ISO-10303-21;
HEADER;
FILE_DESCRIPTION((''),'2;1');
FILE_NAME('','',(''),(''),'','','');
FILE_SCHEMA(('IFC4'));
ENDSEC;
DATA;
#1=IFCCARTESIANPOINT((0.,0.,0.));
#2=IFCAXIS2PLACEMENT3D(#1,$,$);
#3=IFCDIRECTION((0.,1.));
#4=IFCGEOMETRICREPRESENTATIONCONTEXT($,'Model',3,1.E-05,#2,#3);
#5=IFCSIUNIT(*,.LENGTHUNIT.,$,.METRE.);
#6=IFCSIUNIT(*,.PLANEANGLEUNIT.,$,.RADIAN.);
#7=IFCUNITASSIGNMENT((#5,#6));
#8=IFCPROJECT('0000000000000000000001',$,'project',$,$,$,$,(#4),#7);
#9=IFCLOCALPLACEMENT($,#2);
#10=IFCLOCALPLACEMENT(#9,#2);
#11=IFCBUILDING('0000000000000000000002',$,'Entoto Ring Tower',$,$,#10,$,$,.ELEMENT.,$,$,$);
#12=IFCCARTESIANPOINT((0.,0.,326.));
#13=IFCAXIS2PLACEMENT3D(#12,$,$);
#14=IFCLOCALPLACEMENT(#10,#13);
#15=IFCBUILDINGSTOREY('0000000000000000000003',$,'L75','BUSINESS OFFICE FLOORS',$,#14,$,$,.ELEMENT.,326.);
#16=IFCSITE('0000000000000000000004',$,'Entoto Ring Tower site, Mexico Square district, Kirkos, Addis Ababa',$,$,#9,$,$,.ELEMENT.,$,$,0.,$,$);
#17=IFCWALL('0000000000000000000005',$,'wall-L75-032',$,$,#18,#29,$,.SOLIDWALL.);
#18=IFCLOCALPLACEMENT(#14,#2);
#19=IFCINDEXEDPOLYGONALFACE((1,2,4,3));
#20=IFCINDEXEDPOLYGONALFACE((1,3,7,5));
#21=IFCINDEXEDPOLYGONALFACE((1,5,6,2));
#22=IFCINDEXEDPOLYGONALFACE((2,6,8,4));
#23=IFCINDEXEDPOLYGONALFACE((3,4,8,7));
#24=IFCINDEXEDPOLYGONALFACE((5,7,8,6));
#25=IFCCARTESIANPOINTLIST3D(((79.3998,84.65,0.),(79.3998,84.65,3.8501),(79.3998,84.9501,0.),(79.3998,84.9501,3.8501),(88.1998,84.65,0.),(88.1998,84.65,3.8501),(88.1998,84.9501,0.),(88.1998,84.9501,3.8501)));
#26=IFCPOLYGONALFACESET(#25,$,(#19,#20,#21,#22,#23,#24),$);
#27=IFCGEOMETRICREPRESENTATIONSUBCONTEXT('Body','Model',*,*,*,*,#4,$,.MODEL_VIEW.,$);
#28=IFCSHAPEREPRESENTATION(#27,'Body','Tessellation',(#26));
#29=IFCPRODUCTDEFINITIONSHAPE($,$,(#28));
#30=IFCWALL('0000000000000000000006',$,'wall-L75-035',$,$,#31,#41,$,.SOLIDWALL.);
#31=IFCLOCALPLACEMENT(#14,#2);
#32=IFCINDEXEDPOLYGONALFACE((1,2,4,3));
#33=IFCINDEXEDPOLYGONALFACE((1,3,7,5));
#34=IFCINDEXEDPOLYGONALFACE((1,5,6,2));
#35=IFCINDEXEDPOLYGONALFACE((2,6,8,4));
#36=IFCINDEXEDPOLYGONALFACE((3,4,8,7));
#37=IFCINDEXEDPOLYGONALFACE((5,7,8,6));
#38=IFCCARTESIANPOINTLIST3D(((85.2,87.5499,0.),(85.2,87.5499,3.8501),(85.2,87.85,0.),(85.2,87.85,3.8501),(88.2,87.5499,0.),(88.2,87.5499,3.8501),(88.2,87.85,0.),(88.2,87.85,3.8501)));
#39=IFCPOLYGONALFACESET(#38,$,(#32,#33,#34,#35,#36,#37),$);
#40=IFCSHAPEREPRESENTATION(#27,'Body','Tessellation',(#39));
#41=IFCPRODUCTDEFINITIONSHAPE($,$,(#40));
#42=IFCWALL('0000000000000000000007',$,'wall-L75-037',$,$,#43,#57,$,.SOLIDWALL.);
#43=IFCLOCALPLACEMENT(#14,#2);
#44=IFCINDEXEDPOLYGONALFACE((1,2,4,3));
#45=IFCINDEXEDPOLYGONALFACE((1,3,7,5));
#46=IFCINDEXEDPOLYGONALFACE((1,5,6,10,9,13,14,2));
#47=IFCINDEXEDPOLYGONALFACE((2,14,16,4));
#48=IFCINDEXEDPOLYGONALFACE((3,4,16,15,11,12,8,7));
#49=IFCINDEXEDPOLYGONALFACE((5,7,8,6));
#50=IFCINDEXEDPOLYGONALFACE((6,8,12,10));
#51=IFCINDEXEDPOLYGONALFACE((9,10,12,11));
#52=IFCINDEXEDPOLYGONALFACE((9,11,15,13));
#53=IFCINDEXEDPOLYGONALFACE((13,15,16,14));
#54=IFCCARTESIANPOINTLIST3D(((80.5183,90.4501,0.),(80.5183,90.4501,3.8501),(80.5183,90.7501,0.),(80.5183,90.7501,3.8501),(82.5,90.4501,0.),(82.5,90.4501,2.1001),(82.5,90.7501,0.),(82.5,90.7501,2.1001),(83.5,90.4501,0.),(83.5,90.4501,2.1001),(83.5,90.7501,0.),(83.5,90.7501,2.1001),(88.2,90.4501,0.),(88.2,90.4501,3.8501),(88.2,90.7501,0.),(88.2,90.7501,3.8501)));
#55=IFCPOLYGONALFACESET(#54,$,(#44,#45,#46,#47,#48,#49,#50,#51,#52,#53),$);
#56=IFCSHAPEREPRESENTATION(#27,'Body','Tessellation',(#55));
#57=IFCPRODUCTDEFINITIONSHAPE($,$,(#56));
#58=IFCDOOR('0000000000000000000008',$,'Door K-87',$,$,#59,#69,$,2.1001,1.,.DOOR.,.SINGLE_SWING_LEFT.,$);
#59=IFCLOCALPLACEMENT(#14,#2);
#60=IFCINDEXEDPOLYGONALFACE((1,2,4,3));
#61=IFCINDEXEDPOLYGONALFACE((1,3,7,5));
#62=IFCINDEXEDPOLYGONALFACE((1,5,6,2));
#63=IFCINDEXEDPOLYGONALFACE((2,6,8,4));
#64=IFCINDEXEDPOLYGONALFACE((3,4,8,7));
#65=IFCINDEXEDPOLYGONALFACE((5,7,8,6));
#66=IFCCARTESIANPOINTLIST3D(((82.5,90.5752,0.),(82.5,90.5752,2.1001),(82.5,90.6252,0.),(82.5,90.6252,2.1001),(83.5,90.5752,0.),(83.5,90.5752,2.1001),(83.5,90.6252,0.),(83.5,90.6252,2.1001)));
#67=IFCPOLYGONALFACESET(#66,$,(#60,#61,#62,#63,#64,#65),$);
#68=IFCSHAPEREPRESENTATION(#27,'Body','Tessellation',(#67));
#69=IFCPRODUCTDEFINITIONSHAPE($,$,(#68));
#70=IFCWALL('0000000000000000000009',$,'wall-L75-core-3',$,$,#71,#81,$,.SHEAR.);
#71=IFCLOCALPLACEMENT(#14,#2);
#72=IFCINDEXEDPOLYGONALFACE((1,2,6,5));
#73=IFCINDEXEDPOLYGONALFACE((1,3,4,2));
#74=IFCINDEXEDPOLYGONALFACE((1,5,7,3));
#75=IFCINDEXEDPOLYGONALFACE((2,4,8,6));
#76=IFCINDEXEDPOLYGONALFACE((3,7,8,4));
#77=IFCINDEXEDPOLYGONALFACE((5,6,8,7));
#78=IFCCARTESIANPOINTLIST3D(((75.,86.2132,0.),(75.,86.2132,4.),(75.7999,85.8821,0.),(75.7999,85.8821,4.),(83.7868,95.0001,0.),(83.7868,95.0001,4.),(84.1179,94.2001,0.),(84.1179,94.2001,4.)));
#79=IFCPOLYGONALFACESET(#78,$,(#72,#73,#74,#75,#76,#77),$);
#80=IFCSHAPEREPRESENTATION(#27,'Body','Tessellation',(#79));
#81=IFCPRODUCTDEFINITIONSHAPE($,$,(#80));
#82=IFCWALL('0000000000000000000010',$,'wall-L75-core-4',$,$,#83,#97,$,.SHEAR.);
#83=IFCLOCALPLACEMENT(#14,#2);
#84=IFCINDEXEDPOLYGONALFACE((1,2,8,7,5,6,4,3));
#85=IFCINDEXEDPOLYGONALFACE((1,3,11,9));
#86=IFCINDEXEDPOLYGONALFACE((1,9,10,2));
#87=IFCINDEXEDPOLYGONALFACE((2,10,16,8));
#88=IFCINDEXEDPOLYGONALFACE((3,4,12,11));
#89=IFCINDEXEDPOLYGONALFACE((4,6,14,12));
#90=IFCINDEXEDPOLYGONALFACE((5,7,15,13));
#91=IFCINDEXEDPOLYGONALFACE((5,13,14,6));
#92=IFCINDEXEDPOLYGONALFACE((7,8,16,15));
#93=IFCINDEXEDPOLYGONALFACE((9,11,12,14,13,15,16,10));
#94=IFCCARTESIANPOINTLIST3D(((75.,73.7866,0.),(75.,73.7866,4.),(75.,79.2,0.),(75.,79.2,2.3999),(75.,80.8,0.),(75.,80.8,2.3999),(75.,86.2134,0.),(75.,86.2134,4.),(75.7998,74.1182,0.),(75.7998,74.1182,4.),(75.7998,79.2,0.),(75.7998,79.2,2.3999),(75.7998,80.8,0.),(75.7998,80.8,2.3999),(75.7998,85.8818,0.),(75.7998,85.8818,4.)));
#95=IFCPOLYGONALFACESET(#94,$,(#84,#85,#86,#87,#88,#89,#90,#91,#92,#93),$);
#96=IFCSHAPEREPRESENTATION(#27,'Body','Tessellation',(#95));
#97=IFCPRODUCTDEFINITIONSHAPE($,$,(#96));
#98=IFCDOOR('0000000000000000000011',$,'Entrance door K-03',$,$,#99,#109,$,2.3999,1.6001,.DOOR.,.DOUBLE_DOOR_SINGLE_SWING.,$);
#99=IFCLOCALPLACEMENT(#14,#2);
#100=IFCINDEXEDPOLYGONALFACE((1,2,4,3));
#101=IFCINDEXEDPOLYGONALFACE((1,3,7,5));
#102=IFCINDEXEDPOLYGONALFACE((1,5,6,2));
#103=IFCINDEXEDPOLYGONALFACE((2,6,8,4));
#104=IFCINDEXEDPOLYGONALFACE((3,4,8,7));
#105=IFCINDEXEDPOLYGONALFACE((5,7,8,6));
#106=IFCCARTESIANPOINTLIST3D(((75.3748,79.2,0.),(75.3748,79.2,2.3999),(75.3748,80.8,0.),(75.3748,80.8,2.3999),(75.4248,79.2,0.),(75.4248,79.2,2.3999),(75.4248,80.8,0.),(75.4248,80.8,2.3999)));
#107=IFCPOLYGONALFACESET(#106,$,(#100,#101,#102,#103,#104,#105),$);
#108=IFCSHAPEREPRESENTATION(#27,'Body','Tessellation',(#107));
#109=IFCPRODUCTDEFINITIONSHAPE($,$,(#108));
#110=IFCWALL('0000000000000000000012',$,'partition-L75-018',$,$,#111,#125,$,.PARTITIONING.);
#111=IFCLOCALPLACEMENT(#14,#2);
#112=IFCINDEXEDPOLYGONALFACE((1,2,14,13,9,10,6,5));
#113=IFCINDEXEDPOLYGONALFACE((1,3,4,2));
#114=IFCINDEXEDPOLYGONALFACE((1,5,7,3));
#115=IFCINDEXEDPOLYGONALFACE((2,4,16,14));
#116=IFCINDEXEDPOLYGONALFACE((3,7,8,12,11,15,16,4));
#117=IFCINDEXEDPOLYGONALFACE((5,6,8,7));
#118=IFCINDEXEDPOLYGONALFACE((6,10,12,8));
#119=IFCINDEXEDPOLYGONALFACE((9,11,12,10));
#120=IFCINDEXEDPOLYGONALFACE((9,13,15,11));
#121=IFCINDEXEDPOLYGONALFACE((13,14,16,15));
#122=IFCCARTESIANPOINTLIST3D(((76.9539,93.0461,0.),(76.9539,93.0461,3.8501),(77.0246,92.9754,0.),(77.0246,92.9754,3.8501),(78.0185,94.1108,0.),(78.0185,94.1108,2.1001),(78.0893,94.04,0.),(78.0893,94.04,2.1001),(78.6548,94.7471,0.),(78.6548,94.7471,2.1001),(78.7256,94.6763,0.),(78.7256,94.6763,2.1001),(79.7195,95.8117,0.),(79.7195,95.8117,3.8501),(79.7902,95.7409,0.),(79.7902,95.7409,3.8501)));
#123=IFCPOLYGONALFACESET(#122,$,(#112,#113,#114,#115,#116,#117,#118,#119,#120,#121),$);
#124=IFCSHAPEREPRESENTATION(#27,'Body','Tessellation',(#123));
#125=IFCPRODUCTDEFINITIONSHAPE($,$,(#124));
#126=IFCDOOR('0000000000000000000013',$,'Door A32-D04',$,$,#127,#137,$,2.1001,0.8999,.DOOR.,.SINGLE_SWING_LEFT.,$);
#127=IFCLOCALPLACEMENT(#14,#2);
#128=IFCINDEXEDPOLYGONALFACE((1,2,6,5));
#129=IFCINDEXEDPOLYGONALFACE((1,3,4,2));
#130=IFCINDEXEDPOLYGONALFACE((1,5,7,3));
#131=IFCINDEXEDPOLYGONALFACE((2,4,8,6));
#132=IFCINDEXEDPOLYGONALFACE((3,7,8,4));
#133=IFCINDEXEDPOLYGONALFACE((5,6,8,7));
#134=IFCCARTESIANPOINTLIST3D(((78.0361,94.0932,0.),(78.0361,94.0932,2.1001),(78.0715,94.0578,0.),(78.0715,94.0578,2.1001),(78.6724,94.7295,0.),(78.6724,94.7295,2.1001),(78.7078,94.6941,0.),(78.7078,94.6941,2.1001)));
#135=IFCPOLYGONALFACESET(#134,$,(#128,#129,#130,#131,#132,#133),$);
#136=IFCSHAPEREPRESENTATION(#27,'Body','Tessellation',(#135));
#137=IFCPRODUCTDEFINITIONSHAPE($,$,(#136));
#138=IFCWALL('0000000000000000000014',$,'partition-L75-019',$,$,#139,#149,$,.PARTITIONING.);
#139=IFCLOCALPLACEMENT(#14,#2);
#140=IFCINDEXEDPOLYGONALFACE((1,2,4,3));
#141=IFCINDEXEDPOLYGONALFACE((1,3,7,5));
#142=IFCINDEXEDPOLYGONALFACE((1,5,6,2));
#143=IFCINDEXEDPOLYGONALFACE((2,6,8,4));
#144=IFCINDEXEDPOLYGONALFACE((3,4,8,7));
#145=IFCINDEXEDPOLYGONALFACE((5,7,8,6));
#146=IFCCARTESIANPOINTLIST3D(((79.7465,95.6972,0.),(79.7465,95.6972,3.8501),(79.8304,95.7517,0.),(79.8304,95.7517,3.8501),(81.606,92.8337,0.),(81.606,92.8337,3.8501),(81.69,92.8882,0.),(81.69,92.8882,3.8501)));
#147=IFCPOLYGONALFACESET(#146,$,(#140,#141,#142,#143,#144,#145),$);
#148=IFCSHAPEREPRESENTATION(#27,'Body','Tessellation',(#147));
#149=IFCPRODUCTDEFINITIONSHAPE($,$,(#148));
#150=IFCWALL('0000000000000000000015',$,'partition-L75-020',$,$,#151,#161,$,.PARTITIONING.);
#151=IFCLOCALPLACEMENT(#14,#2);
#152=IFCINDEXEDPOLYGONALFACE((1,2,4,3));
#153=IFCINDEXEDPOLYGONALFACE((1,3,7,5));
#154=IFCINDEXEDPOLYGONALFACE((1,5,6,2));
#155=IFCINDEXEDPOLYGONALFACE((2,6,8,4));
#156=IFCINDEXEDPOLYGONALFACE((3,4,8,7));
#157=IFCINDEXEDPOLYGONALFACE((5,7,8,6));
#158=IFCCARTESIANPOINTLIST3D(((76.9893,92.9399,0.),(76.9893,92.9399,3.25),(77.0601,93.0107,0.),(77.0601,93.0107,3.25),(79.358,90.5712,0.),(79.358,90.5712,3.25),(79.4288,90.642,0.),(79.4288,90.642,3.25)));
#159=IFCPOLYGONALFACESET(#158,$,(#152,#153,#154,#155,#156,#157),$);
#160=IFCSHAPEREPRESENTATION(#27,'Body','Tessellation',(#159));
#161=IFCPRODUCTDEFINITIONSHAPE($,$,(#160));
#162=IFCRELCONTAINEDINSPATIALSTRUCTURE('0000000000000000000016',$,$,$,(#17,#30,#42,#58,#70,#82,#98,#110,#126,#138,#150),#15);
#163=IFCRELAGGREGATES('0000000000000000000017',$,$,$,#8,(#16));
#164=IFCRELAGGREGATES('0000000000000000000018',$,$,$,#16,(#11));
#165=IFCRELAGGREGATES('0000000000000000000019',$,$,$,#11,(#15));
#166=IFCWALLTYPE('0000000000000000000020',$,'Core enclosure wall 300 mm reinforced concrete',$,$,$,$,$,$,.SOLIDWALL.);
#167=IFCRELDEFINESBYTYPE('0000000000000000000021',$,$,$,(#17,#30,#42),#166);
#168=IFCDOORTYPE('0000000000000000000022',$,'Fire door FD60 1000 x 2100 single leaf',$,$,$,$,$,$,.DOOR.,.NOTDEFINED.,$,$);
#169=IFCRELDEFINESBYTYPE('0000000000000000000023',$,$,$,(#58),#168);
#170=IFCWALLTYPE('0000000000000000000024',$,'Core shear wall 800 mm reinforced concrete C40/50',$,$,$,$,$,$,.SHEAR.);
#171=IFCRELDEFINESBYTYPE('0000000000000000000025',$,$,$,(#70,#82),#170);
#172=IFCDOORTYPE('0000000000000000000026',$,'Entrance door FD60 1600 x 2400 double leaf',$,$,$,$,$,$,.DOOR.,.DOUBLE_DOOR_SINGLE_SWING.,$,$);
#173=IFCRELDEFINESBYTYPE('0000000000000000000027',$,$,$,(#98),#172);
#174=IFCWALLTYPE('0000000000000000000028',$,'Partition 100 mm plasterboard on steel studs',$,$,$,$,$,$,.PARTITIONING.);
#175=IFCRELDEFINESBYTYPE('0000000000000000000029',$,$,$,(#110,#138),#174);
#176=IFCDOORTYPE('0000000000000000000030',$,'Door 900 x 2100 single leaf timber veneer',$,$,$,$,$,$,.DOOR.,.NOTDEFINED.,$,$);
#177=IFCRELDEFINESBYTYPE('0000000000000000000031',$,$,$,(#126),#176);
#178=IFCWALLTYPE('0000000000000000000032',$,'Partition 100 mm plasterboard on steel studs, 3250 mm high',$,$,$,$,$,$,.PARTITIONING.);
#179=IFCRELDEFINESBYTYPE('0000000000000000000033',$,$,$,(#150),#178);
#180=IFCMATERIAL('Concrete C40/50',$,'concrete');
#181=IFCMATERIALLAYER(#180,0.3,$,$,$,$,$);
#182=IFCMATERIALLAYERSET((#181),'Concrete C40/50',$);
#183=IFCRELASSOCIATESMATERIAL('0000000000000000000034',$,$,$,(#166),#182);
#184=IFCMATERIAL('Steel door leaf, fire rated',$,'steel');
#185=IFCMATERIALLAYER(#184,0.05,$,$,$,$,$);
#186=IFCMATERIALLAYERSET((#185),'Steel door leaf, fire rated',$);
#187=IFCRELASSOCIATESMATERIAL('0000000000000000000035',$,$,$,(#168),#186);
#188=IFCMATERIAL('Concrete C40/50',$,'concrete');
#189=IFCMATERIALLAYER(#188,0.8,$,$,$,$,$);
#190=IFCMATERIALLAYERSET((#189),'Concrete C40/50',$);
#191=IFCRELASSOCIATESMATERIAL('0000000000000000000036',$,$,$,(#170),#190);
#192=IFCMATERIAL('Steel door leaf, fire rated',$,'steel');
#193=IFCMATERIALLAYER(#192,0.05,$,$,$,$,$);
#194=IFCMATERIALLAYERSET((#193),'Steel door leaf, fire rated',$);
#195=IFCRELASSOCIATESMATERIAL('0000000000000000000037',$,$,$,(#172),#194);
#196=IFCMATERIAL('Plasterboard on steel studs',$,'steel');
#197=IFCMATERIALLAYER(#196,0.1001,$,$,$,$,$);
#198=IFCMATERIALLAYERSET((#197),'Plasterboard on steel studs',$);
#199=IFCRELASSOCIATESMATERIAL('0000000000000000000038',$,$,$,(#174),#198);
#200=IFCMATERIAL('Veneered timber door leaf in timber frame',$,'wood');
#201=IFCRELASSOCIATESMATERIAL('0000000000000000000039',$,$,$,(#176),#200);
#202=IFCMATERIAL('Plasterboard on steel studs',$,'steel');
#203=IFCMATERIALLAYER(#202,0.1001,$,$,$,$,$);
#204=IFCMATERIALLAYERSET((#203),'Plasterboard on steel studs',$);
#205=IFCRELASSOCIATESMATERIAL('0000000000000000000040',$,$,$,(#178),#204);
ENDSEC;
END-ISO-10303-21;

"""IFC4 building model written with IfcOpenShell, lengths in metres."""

from ifc_helpers import new_model, si_unit, direction, frame, frame_2d, origin, place, context, subcontext, project, spatial, polyline, rectangle, outline, extrude, material, layer, layer_set, type_object, element, fill, save


model = new_model("IFC4")

# Units and contexts
model_context = context("Model", 3, precision=1e-05, world=origin(), true_north=direction((0.0, 1.0)))
body_context = subcontext(model_context, "Body", "Model", "MODEL_VIEW")
ifc_project = project(units=[si_unit("LENGTHUNIT", "METRE"), si_unit("PLANEANGLEUNIT", "RADIAN")], contexts=[model_context])

# Site, building, storey
site_placement = place(None, origin())
site = spatial("IfcSite", under=ifc_project, at=site_placement, Name="Entoto Ring Tower site, Mexico Square district, Kirkos, Addis Ababa", CompositionType="ELEMENT", RefElevation=0.0)
building_placement = place(site_placement, origin())
building = spatial("IfcBuilding", under=site, at=building_placement, Name="Entoto Ring Tower", CompositionType="ELEMENT")
storey_placement = place(building_placement, frame((0.0, 0.0, 326.0)))
storey = spatial("IfcBuildingStorey", under=building, at=storey_placement, Name="L75", Description="BUSINESS OFFICE FLOORS", CompositionType="ELEMENT", Elevation=326.0)

# Walls
ifc_material_1 = material(Name="Concrete C40/50", Category="concrete")
ifc_layer_1 = layer(ifc_material_1, 0.3)
ifc_layer_set_1 = layer_set([ifc_layer_1], Name="Concrete C40/50")
wall_type_1 = type_object("IfcWallType", Name="Core enclosure wall 300 mm reinforced concrete", PredefinedType="SOLIDWALL", material=ifc_layer_set_1)
wall_1_placement = place(storey_placement, frame((79.3999, 84.8, 0.0), z_axis=(0.0, 0.0, 1.0), x_axis=(1.0, 0.0, 0.0)))
element("IfcWall", 1, at=wall_1_placement, inside=storey, type_object=wall_type_1, Name="wall-L75-032", PredefinedType="SOLIDWALL", context=body_context, shape_type="SweptSolid", body=[
    extrude(rectangle(XDim=8.8, YDim=0.3, at=frame_2d((4.3999, 0.0))), origin(), (0.0, 0.0, 1.0), 3.8501),
])
wall_2_placement = place(storey_placement, frame((85.2, 87.7, 0.0), z_axis=(0.0, 0.0, 1.0), x_axis=(1.0, 0.0, 0.0)))
element("IfcWall", 2, at=wall_2_placement, inside=storey, type_object=wall_type_1, Name="wall-L75-035", PredefinedType="SOLIDWALL", context=body_context, shape_type="SweptSolid", body=[
    extrude(rectangle(XDim=3.0, YDim=0.3, at=frame_2d((1.5, 0.0))), origin(), (0.0, 0.0, 1.0), 3.8501),
])

# Wall, opening, door
wall_3_placement = place(storey_placement, frame((80.5183, 90.6001, 0.0), z_axis=(0.0, 0.0, 1.0), x_axis=(1.0, 0.0, 0.0)))
wall_3 = element("IfcWall", 3, at=wall_3_placement, inside=storey, type_object=wall_type_1, Name="wall-L75-037", PredefinedType="SOLIDWALL", context=body_context, shape_type="SweptSolid", body=[
    extrude(rectangle(XDim=7.6816, YDim=0.3, at=frame_2d((3.8408, 0.0))), origin(), (0.0, 0.0, 1.0), 3.8501),
])
opening_1_placement = place(wall_3_placement, frame((1.9817, 0.0, 0.0)))
opening_1 = element("IfcOpeningElement", 4, at=opening_1_placement, cuts=wall_3, PredefinedType="OPENING", context=body_context, shape_type="SweptSolid", body=[
    extrude(rectangle(XDim=1.0, YDim=2.1001, at=frame_2d((0.5, 1.05))), frame((0.0, 0.1602, 0.0), z_axis=(0.0, -1.0, 0.0), x_axis=(1.0, 0.0, 0.0)), (0.0, 0.0, 1.0), 0.3201),
])
ifc_material_2 = material(Name="Steel door leaf, fire rated", Category="steel")
ifc_layer_2 = layer(ifc_material_2, 0.05)
ifc_layer_set_2 = layer_set([ifc_layer_2], Name="Steel door leaf, fire rated")
door_type_1 = type_object("IfcDoorType", Name="Fire door FD60 1000 x 2100 single leaf", OperationType="NOTDEFINED", PredefinedType="DOOR", material=ifc_layer_set_2)
door_1_placement = place(opening_1_placement, frame((1.0, 0.0, 0.0), z_axis=(0.0, 0.0, 1.0), x_axis=(-1.0, 0.0, 0.0)))
door_1 = element("IfcDoor", 5, at=door_1_placement, inside=storey, type_object=door_type_1, Name="Door K-87", OperationType="SINGLE_SWING_LEFT", OverallHeight=2.1001, OverallWidth=1.0, PredefinedType="DOOR", context=body_context, shape_type="SweptSolid", body=[
    extrude(rectangle(XDim=1.0, YDim=2.1001, at=frame_2d((0.5, 1.05))), frame((0.0, 0.0249, 0.0), z_axis=(0.0, -1.0, 0.0), x_axis=(1.0, 0.0, 0.0)), (0.0, 0.0, 1.0), 0.05),
])
fill(opening_1, door_1)

# Wall
ifc_material_3 = material(Name="Concrete C40/50", Category="concrete")
ifc_layer_3 = layer(ifc_material_3, 0.8)
ifc_layer_set_3 = layer_set([ifc_layer_3], Name="Concrete C40/50")
wall_type_2 = type_object("IfcWallType", Name="Core shear wall 800 mm reinforced concrete C40/50", PredefinedType="SHEAR", material=ifc_layer_set_3)
wall_4_placement = place(storey_placement, frame((83.9524, 94.6001, 0.0), z_axis=(0.0, 0.0, 1.0), x_axis=(-0.707107, -0.707107, 0.0)))
element("IfcWall", 6, at=wall_4_placement, inside=storey, type_object=wall_type_2, Name="wall-L75-core-3", PredefinedType="SHEAR", context=body_context, shape_type="SweptSolid", body=[
    extrude(outline(polyline([(-0.1658, -0.3999), (12.2607, -0.3999), (11.9292, 0.3999), (0.1658, 0.3999), (-0.1658, -0.3999)])), origin(), (0.0, 0.0, 1.0), 4.0),
])

# Walls, openings, doors
wall_5_placement = place(storey_placement, frame((75.3999, 86.0476, 0.0), z_axis=(0.0, 0.0, 1.0), x_axis=(0.0, -1.0, 0.0)))
wall_5 = element("IfcWall", 7, at=wall_5_placement, inside=storey, type_object=wall_type_2, Name="wall-L75-core-4", PredefinedType="SHEAR", context=body_context, shape_type="SweptSolid", body=[
    extrude(outline(polyline([(-0.1658, -0.3999), (12.261, -0.3999), (11.9294, 0.3999), (0.1658, 0.3999), (-0.1658, -0.3999)])), origin(), (0.0, 0.0, 1.0), 4.0),
])
opening_2_placement = place(wall_5_placement, frame((5.2476, 0.0, 0.0)))
opening_2 = element("IfcOpeningElement", 8, at=opening_2_placement, cuts=wall_5, PredefinedType="OPENING", context=body_context, shape_type="SweptSolid", body=[
    extrude(rectangle(XDim=1.6001, YDim=2.3999, at=frame_2d((0.8, 1.2))), frame((0.0, 0.4102, 0.0), z_axis=(0.0, -1.0, 0.0), x_axis=(1.0, 0.0, 0.0)), (0.0, 0.0, 1.0), 0.8201),
])
ifc_material_4 = material(Name="Steel door leaf, fire rated", Category="steel")
ifc_layer_4 = layer(ifc_material_4, 0.05)
ifc_layer_set_4 = layer_set([ifc_layer_4], Name="Steel door leaf, fire rated")
door_type_2 = type_object("IfcDoorType", Name="Entrance door FD60 1600 x 2400 double leaf", OperationType="DOUBLE_DOOR_SINGLE_SWING", PredefinedType="DOOR", material=ifc_layer_set_4)
door_2_placement = place(opening_2_placement, origin())
door_2 = element("IfcDoor", 9, at=door_2_placement, inside=storey, type_object=door_type_2, Name="Entrance door K-03", OperationType="DOUBLE_DOOR_SINGLE_SWING", OverallHeight=2.3999, OverallWidth=1.6001, PredefinedType="DOOR", context=body_context, shape_type="SweptSolid", body=[
    extrude(rectangle(XDim=1.6001, YDim=2.3999, at=frame_2d((0.8, 1.2))), frame((0.0, 0.0249, 0.0), z_axis=(0.0, -1.0, 0.0), x_axis=(1.0, 0.0, 0.0)), (0.0, 0.0, 1.0), 0.05),
])
fill(opening_2, door_2)
ifc_material_5 = material(Name="Plasterboard on steel studs", Category="steel")
ifc_layer_5 = layer(ifc_material_5, 0.1001)
ifc_layer_set_5 = layer_set([ifc_layer_5], Name="Plasterboard on steel studs")
wall_type_3 = type_object("IfcWallType", Name="Partition 100 mm plasterboard on steel studs", PredefinedType="PARTITIONING", material=ifc_layer_set_5)
wall_6_placement = place(storey_placement, frame((76.9893, 93.0107, 0.0), z_axis=(0.0, 0.0, 1.0), x_axis=(0.707107, 0.707107, 0.0)))
wall_6 = element("IfcWall", 10, at=wall_6_placement, inside=storey, type_object=wall_type_3, Name="partition-L75-018", PredefinedType="PARTITIONING", context=body_context, shape_type="SweptSolid", body=[
    extrude(rectangle(XDim=3.9111, YDim=0.1001, at=frame_2d((1.9556, 0.0))), origin(), (0.0, 0.0, 1.0), 3.8501),
])
opening_3_placement = place(wall_6_placement, frame((1.5056, 0.0, 0.0)))
opening_3 = element("IfcOpeningElement", 11, at=opening_3_placement, cuts=wall_6, PredefinedType="OPENING", context=body_context, shape_type="SweptSolid", body=[
    extrude(rectangle(XDim=0.8999, YDim=2.1001, at=frame_2d((0.45, 1.05))), frame((0.0, 0.0601, 0.0), z_axis=(0.0, -1.0, 0.0), x_axis=(1.0, 0.0, 0.0)), (0.0, 0.0, 1.0), 0.1201),
])
ifc_material_6 = material(Name="Veneered timber door leaf in timber frame", Category="wood")
door_type_3 = type_object("IfcDoorType", Name="Door 900 x 2100 single leaf timber veneer", OperationType="NOTDEFINED", PredefinedType="DOOR", material=ifc_material_6)
door_3_placement = place(opening_3_placement, frame((0.8999, 0.0, 0.0), z_axis=(0.0, 0.0, 1.0), x_axis=(-1.0, 0.0, 0.0)))
door_3 = element("IfcDoor", 12, at=door_3_placement, inside=storey, type_object=door_type_3, Name="Door A32-D04", OperationType="SINGLE_SWING_LEFT", OverallHeight=2.1001, OverallWidth=0.8999, PredefinedType="DOOR", context=body_context, shape_type="SweptSolid", body=[
    extrude(rectangle(XDim=0.8999, YDim=2.1001, at=frame_2d((0.45, 1.05))), frame((0.0, 0.0249, 0.0), z_axis=(0.0, -1.0, 0.0), x_axis=(1.0, 0.0, 0.0)), (0.0, 0.0, 1.0), 0.05),
])
fill(opening_3, door_3)

# Walls
wall_7_placement = place(storey_placement, frame((81.6479, 92.8611, 0.0), z_axis=(0.0, 0.0, 1.0), x_axis=(-0.544644, 0.838667, 0.0)))
element("IfcWall", 13, at=wall_7_placement, inside=storey, type_object=wall_type_3, Name="partition-L75-019", PredefinedType="PARTITIONING", context=body_context, shape_type="SweptSolid", body=[
    extrude(rectangle(XDim=3.4143, YDim=0.1001, at=frame_2d((1.707, 0.0))), origin(), (0.0, 0.0, 1.0), 3.8501),
])
ifc_material_7 = material(Name="Plasterboard on steel studs", Category="steel")
ifc_layer_6 = layer(ifc_material_7, 0.1001)
ifc_layer_set_6 = layer_set([ifc_layer_6], Name="Plasterboard on steel studs")
wall_type_4 = type_object("IfcWallType", Name="Partition 100 mm plasterboard on steel studs, 3250 mm high", PredefinedType="PARTITIONING", material=ifc_layer_set_6)
wall_8_placement = place(storey_placement, frame((79.3933, 90.6067, 0.0), z_axis=(0.0, 0.0, 1.0), x_axis=(-0.707107, 0.707107, 0.0)))
element("IfcWall", 14, at=wall_8_placement, inside=storey, type_object=wall_type_4, Name="partition-L75-020", PredefinedType="PARTITIONING", context=body_context, shape_type="SweptSolid", body=[
    extrude(rectangle(XDim=3.3499, YDim=0.1001, at=frame_2d((1.6748, 0.0))), origin(), (0.0, 0.0, 1.0), 3.25),
])

save(model, "model.ifc")
